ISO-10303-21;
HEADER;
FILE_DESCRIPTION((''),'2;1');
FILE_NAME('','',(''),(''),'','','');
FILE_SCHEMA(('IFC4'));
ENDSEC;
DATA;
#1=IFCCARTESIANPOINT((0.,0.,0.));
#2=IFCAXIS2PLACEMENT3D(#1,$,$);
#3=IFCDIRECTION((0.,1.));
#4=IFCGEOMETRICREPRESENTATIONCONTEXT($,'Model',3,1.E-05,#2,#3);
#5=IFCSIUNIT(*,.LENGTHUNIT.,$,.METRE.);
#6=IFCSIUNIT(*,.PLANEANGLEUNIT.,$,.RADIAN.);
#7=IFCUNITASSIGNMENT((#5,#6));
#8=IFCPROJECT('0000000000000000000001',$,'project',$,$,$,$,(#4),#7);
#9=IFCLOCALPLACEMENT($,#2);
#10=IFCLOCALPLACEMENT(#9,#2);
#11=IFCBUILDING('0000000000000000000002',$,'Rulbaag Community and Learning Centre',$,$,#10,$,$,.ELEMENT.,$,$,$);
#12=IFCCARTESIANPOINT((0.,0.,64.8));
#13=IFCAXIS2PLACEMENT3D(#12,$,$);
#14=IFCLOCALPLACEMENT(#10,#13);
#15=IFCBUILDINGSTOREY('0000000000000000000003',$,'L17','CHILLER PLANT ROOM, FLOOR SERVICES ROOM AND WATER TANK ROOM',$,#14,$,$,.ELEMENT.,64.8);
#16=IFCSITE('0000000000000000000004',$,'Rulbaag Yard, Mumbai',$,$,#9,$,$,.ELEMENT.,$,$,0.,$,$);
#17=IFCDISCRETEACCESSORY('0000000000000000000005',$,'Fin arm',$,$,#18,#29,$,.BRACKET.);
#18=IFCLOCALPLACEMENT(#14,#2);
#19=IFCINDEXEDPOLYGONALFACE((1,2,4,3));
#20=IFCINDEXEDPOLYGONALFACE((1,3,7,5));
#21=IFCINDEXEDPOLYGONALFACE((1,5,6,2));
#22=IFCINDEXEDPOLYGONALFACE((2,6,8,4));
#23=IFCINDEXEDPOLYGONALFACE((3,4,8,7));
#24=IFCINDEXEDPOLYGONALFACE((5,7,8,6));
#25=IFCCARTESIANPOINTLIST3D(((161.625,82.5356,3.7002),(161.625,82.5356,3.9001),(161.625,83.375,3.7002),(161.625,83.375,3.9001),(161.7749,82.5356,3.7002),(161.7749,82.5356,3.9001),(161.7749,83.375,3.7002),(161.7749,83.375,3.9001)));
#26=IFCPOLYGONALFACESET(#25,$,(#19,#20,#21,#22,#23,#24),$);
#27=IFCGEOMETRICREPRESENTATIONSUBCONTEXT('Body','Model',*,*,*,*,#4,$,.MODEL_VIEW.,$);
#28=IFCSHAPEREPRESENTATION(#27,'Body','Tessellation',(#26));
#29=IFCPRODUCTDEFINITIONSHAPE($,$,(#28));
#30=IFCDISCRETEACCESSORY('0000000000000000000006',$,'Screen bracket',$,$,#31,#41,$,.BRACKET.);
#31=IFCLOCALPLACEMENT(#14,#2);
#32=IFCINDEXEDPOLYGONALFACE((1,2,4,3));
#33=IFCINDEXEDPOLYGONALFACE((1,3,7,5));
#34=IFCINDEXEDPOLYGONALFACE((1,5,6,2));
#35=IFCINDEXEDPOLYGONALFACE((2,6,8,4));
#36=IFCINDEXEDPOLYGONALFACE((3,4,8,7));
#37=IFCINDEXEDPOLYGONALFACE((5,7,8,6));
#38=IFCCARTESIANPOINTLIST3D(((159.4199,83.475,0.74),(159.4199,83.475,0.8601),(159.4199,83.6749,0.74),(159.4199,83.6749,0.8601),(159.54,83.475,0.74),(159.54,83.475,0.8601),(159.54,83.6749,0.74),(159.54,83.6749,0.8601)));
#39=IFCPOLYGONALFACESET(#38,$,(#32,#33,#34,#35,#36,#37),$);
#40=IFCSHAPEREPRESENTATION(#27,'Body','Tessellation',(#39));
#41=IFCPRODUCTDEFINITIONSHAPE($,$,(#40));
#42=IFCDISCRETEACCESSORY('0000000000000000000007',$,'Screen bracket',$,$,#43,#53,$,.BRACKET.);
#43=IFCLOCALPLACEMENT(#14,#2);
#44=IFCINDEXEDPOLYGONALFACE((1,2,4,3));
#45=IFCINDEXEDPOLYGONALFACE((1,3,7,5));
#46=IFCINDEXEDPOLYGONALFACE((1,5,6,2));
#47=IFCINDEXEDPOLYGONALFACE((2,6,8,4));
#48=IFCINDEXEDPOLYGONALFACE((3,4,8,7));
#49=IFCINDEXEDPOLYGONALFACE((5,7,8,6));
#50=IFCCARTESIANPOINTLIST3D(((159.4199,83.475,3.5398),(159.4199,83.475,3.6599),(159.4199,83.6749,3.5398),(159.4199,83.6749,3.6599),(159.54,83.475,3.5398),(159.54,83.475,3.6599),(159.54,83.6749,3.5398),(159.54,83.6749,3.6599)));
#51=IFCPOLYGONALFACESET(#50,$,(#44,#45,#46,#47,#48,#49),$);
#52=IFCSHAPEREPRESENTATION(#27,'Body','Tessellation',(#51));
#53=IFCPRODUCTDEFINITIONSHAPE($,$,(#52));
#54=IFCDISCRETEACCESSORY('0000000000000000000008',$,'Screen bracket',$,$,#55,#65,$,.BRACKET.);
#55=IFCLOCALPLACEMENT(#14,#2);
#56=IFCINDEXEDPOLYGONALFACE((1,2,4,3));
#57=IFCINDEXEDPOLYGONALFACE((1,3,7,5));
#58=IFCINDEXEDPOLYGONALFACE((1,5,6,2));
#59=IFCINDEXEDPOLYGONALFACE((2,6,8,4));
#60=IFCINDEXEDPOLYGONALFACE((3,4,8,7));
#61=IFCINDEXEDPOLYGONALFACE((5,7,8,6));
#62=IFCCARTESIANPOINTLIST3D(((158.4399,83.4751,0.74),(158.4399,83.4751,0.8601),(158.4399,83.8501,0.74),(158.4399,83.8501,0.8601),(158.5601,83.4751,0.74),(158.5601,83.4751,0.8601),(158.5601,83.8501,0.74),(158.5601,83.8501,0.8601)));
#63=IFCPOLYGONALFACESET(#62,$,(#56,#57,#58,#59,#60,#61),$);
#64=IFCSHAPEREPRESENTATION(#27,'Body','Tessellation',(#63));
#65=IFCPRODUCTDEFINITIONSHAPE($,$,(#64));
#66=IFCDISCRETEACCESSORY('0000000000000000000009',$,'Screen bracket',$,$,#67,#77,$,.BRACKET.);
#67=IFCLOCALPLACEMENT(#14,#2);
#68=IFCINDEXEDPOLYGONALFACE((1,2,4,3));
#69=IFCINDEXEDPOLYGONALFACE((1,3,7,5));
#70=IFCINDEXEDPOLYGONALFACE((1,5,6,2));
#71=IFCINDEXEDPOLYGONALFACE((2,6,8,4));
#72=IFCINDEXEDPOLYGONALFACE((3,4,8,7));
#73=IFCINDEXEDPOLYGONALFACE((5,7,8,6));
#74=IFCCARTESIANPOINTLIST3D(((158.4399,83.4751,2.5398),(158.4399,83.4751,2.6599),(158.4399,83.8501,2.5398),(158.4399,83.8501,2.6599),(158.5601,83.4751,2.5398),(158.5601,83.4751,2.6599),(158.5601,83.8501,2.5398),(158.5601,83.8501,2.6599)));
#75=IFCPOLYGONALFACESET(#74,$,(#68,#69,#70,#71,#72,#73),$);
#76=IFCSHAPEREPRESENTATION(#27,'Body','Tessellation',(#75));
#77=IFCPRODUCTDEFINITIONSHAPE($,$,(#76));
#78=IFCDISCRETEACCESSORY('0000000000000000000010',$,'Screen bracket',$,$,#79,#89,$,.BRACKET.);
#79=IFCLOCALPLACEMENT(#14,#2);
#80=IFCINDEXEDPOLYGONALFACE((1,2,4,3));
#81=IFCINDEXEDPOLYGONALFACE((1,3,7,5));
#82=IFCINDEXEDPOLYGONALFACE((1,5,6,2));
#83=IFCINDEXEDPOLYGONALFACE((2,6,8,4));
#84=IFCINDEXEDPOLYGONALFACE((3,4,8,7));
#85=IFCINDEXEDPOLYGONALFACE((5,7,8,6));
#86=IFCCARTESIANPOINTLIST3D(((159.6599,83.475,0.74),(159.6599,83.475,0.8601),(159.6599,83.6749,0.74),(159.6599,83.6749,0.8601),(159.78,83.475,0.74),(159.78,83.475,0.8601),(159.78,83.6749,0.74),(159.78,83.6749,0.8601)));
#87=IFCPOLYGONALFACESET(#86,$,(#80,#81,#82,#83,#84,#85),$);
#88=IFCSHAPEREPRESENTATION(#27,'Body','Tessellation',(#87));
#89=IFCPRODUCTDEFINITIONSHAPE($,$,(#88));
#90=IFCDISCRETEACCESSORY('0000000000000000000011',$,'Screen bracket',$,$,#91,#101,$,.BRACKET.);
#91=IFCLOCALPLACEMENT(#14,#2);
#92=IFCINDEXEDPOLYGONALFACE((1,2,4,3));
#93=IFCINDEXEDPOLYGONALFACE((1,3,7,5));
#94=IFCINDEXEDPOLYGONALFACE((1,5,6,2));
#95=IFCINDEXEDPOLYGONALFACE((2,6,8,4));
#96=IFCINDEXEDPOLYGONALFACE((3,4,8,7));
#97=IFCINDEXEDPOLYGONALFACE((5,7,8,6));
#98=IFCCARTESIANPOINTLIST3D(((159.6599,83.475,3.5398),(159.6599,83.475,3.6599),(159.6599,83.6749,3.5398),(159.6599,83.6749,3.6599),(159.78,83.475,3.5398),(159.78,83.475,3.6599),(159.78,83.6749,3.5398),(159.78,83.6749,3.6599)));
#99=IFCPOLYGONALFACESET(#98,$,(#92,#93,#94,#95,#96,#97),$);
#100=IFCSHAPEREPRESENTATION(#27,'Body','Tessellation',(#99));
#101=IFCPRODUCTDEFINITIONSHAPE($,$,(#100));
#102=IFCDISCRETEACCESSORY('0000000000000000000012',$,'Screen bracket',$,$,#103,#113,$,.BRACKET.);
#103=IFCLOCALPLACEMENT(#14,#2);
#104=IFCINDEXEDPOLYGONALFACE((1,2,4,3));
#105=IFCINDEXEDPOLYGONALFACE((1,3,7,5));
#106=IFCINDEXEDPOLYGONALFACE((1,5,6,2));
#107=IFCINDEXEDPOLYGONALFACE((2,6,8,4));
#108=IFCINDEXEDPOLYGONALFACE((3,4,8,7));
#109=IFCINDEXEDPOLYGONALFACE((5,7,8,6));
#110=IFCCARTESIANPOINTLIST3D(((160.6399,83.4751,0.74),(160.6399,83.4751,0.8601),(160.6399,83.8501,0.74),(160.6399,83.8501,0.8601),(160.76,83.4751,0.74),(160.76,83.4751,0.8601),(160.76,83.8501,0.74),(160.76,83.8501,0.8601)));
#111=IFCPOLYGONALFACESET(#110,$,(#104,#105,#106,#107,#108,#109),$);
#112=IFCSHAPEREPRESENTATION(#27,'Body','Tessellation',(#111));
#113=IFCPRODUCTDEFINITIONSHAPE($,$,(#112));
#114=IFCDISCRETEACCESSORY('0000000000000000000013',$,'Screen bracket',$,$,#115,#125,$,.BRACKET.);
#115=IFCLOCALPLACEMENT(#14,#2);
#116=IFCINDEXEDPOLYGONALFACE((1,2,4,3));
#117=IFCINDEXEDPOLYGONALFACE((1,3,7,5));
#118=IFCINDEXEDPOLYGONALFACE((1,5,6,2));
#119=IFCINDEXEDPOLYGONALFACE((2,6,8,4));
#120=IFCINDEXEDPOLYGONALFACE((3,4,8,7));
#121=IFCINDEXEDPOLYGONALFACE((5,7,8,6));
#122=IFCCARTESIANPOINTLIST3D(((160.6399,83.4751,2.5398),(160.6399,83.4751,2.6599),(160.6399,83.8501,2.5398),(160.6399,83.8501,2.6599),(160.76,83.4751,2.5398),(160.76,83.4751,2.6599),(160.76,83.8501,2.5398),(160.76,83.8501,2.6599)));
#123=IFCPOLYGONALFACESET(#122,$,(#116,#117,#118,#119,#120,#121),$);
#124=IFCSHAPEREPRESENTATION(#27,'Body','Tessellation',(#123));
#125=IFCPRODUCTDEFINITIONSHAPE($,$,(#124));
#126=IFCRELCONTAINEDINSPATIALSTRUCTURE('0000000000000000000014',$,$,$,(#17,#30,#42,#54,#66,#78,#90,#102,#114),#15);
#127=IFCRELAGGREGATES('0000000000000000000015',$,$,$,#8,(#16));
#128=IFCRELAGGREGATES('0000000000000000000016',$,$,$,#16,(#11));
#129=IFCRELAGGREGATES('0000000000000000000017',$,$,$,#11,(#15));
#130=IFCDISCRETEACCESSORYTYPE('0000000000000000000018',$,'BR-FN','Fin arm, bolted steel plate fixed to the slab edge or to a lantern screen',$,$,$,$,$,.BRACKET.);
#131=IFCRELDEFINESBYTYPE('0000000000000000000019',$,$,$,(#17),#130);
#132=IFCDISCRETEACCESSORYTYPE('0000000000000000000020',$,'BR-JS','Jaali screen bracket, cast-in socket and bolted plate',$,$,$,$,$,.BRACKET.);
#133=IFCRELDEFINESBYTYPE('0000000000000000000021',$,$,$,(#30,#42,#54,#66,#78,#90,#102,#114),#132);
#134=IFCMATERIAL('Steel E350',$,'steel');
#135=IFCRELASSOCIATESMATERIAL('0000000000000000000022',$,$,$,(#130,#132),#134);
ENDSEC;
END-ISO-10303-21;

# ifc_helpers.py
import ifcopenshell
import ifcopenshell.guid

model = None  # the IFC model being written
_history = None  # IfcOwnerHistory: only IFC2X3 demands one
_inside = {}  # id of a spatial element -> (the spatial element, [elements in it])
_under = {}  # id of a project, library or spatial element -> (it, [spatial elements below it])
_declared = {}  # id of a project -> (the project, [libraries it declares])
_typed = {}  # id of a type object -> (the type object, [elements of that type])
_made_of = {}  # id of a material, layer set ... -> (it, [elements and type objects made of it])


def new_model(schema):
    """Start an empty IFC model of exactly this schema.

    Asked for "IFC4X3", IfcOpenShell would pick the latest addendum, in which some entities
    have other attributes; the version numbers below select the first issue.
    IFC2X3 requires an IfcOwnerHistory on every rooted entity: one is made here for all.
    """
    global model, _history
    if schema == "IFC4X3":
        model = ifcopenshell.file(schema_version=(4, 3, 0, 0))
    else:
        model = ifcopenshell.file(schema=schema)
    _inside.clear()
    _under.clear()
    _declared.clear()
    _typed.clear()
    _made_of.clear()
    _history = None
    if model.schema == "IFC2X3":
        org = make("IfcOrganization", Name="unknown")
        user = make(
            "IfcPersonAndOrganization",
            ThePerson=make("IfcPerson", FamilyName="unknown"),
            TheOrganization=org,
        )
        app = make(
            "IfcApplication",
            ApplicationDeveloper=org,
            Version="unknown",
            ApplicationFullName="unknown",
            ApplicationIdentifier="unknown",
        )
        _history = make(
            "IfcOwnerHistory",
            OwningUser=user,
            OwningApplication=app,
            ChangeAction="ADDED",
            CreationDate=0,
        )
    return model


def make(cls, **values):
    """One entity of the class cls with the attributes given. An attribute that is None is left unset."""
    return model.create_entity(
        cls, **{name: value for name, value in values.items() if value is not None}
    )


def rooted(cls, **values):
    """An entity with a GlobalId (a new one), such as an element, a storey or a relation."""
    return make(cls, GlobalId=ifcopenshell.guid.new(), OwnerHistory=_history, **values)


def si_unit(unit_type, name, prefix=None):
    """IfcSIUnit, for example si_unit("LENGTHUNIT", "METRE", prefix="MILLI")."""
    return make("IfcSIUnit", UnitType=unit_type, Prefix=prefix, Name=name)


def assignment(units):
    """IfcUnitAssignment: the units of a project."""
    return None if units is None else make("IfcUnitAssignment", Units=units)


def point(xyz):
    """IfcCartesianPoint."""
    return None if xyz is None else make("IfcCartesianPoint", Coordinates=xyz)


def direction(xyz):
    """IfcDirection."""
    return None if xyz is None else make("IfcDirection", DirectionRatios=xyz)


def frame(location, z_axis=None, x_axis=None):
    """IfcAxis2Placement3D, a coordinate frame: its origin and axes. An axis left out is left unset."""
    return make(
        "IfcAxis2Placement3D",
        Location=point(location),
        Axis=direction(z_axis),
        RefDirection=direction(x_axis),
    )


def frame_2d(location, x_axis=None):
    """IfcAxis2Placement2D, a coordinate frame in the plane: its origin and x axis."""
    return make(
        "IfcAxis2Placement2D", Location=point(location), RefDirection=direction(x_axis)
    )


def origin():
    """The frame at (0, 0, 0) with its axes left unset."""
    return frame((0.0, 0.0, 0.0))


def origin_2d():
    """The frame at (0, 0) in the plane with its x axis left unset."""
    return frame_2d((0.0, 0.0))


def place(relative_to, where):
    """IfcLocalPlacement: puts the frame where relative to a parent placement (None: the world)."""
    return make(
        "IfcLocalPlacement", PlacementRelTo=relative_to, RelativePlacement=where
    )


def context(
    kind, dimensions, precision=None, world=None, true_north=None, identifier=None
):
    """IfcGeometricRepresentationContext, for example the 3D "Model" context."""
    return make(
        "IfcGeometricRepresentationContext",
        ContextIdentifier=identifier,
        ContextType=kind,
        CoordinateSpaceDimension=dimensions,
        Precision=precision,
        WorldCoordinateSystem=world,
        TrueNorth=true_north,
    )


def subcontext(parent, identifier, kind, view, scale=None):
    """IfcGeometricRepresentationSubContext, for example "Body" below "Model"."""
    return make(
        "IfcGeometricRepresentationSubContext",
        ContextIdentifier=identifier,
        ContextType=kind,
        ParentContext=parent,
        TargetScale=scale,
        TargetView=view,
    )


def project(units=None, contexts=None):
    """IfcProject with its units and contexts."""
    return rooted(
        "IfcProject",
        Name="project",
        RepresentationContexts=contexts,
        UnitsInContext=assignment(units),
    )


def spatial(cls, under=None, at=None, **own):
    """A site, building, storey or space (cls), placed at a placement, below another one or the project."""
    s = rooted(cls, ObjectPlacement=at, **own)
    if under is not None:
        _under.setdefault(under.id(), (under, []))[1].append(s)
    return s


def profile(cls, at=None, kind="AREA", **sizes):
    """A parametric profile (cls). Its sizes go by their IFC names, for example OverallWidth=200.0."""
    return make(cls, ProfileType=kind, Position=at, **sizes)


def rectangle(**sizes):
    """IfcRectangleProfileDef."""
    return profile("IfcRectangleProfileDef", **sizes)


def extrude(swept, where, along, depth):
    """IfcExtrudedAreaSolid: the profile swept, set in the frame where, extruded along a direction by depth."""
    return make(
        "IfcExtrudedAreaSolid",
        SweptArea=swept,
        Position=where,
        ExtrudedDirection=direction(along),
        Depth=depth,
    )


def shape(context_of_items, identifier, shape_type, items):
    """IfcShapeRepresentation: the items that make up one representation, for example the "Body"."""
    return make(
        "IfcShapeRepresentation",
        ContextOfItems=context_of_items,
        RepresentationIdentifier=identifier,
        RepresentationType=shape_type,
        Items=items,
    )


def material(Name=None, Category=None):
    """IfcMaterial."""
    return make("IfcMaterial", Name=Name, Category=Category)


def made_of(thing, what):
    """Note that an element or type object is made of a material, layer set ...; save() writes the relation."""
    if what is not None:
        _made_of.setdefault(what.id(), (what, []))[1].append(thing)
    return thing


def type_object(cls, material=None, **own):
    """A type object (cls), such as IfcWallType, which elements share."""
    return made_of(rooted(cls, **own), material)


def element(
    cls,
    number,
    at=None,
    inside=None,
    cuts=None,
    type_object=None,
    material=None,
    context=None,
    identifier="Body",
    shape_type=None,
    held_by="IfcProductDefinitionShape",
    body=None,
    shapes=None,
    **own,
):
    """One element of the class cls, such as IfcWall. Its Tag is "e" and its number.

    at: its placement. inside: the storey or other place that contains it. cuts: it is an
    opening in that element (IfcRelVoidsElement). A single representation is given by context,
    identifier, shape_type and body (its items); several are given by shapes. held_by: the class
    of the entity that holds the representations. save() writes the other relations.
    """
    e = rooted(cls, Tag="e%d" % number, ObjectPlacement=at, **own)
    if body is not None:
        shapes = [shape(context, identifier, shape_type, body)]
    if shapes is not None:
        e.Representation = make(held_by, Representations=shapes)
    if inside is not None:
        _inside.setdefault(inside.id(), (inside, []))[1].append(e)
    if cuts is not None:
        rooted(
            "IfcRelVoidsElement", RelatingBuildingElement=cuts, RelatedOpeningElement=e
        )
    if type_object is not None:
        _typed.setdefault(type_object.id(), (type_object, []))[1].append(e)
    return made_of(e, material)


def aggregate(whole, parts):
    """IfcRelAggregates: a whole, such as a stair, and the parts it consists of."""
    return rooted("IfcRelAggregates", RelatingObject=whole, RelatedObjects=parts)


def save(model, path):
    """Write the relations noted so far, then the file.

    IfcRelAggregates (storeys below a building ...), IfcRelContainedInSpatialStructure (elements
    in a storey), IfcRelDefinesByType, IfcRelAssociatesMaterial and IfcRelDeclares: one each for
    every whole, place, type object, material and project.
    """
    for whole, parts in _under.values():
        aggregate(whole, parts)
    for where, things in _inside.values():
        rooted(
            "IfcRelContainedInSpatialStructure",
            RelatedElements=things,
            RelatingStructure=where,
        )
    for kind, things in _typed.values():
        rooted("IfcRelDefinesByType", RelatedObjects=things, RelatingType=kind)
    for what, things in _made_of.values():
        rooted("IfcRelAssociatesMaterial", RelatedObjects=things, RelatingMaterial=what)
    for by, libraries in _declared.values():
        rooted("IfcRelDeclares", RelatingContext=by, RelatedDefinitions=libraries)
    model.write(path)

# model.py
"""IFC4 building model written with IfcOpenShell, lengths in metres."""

from ifc_helpers import new_model, si_unit, direction, frame, origin, origin_2d, place, context, subcontext, project, spatial, rectangle, extrude, material, type_object, element, save


model = new_model("IFC4")

# Units and contexts
model_context = context("Model", 3, precision=1e-05, world=origin(), true_north=direction((0.0, 1.0)))
body_context = subcontext(model_context, "Body", "Model", "MODEL_VIEW")
ifc_project = project(units=[si_unit("LENGTHUNIT", "METRE"), si_unit("PLANEANGLEUNIT", "RADIAN")], contexts=[model_context])

# Site, building, storey
site_placement = place(None, origin())
site = spatial("IfcSite", under=ifc_project, at=site_placement, Name="Rulbaag Yard, Mumbai", CompositionType="ELEMENT", RefElevation=0.0)
building_placement = place(site_placement, origin())
building = spatial("IfcBuilding", under=site, at=building_placement, Name="Rulbaag Community and Learning Centre", CompositionType="ELEMENT")
storey_placement = place(building_placement, frame((0.0, 0.0, 64.8)))
storey = spatial("IfcBuildingStorey", under=building, at=storey_placement, Name="L17", Description="CHILLER PLANT ROOM, FLOOR SERVICES ROOM AND WATER TANK ROOM", CompositionType="ELEMENT", Elevation=64.8)

# Discrete accessories
ifc_material_1 = material(Name="Steel E350", Category="steel")
discrete_accessory_type_1 = type_object("IfcDiscreteAccessoryType", Name="BR-FN", Description="Fin arm, bolted steel plate fixed to the slab edge or to a lantern screen", PredefinedType="BRACKET", material=ifc_material_1)
for number, where, z_axis, x_axis, name in (
    (1, (161.7, 82.9553, 3.7002), (0.0, 0.0, 1.0), (1.0, 0.0, 0.0), "Fin arm"),
):
    element("IfcDiscreteAccessory", number, at=place(storey_placement, frame(where, z_axis=z_axis, x_axis=x_axis)), inside=storey, type_object=discrete_accessory_type_1, Name=name, PredefinedType="BRACKET", context=body_context, shape_type="SweptSolid", body=[
        extrude(rectangle(XDim=0.1499, YDim=0.8394, at=origin_2d()), origin(), (0.0, 0.0, 1.0), 0.2),
    ])
discrete_accessory_type_2 = type_object("IfcDiscreteAccessoryType", Name="BR-JS", Description="Jaali screen bracket, cast-in socket and bolted plate", PredefinedType="BRACKET", material=ifc_material_1)
for number, where, z_axis, x_axis, name in (
    (2, (159.48, 83.575, 0.74), (0.0, 0.0, 1.0), (1.0, 0.0, 0.0), "Screen bracket"),
    (3, (159.48, 83.575, 3.5398), (0.0, 0.0, 1.0), (1.0, 0.0, 0.0), "Screen bracket"),
):
    element("IfcDiscreteAccessory", number, at=place(storey_placement, frame(where, z_axis=z_axis, x_axis=x_axis)), inside=storey, type_object=discrete_accessory_type_2, Name=name, PredefinedType="BRACKET", context=body_context, shape_type="SweptSolid", body=[
        extrude(rectangle(XDim=0.1201, YDim=0.2, at=origin_2d()), origin(), (0.0, 0.0, 1.0), 0.1201),
    ])
for number, where, z_axis, x_axis, name in (
    (4, (158.5, 83.6626, 0.74), (0.0, 0.0, 1.0), (1.0, 0.0, 0.0), "Screen bracket"),
    (5, (158.5, 83.6626, 2.5398), (0.0, 0.0, 1.0), (1.0, 0.0, 0.0), "Screen bracket"),
):
    element("IfcDiscreteAccessory", number, at=place(storey_placement, frame(where, z_axis=z_axis, x_axis=x_axis)), inside=storey, type_object=discrete_accessory_type_2, Name=name, PredefinedType="BRACKET", context=body_context, shape_type="SweptSolid", body=[
        extrude(rectangle(XDim=0.1201, YDim=0.375, at=origin_2d()), origin(), (0.0, 0.0, 1.0), 0.1201),
    ])
for number, where, z_axis, x_axis, name in (
    (6, (159.72, 83.575, 0.74), (0.0, 0.0, 1.0), (1.0, 0.0, 0.0), "Screen bracket"),
    (7, (159.72, 83.575, 3.5398), (0.0, 0.0, 1.0), (1.0, 0.0, 0.0), "Screen bracket"),
):
    element("IfcDiscreteAccessory", number, at=place(storey_placement, frame(where, z_axis=z_axis, x_axis=x_axis)), inside=storey, type_object=discrete_accessory_type_2, Name=name, PredefinedType="BRACKET", context=body_context, shape_type="SweptSolid", body=[
        extrude(rectangle(XDim=0.1201, YDim=0.2, at=origin_2d()), origin(), (0.0, 0.0, 1.0), 0.1201),
    ])
for number, where, z_axis, x_axis, name in (
    (8, (160.7, 83.6626, 0.74), (0.0, 0.0, 1.0), (1.0, 0.0, 0.0), "Screen bracket"),
    (9, (160.7, 83.6626, 2.5398), (0.0, 0.0, 1.0), (1.0, 0.0, 0.0), "Screen bracket"),
):
    element("IfcDiscreteAccessory", number, at=place(storey_placement, frame(where, z_axis=z_axis, x_axis=x_axis)), inside=storey, type_object=discrete_accessory_type_2, Name=name, PredefinedType="BRACKET", context=body_context, shape_type="SweptSolid", body=[
        extrude(rectangle(XDim=0.1201, YDim=0.375, at=origin_2d()), origin(), (0.0, 0.0, 1.0), 0.1201),
    ])

save(model, "model.ifc")
